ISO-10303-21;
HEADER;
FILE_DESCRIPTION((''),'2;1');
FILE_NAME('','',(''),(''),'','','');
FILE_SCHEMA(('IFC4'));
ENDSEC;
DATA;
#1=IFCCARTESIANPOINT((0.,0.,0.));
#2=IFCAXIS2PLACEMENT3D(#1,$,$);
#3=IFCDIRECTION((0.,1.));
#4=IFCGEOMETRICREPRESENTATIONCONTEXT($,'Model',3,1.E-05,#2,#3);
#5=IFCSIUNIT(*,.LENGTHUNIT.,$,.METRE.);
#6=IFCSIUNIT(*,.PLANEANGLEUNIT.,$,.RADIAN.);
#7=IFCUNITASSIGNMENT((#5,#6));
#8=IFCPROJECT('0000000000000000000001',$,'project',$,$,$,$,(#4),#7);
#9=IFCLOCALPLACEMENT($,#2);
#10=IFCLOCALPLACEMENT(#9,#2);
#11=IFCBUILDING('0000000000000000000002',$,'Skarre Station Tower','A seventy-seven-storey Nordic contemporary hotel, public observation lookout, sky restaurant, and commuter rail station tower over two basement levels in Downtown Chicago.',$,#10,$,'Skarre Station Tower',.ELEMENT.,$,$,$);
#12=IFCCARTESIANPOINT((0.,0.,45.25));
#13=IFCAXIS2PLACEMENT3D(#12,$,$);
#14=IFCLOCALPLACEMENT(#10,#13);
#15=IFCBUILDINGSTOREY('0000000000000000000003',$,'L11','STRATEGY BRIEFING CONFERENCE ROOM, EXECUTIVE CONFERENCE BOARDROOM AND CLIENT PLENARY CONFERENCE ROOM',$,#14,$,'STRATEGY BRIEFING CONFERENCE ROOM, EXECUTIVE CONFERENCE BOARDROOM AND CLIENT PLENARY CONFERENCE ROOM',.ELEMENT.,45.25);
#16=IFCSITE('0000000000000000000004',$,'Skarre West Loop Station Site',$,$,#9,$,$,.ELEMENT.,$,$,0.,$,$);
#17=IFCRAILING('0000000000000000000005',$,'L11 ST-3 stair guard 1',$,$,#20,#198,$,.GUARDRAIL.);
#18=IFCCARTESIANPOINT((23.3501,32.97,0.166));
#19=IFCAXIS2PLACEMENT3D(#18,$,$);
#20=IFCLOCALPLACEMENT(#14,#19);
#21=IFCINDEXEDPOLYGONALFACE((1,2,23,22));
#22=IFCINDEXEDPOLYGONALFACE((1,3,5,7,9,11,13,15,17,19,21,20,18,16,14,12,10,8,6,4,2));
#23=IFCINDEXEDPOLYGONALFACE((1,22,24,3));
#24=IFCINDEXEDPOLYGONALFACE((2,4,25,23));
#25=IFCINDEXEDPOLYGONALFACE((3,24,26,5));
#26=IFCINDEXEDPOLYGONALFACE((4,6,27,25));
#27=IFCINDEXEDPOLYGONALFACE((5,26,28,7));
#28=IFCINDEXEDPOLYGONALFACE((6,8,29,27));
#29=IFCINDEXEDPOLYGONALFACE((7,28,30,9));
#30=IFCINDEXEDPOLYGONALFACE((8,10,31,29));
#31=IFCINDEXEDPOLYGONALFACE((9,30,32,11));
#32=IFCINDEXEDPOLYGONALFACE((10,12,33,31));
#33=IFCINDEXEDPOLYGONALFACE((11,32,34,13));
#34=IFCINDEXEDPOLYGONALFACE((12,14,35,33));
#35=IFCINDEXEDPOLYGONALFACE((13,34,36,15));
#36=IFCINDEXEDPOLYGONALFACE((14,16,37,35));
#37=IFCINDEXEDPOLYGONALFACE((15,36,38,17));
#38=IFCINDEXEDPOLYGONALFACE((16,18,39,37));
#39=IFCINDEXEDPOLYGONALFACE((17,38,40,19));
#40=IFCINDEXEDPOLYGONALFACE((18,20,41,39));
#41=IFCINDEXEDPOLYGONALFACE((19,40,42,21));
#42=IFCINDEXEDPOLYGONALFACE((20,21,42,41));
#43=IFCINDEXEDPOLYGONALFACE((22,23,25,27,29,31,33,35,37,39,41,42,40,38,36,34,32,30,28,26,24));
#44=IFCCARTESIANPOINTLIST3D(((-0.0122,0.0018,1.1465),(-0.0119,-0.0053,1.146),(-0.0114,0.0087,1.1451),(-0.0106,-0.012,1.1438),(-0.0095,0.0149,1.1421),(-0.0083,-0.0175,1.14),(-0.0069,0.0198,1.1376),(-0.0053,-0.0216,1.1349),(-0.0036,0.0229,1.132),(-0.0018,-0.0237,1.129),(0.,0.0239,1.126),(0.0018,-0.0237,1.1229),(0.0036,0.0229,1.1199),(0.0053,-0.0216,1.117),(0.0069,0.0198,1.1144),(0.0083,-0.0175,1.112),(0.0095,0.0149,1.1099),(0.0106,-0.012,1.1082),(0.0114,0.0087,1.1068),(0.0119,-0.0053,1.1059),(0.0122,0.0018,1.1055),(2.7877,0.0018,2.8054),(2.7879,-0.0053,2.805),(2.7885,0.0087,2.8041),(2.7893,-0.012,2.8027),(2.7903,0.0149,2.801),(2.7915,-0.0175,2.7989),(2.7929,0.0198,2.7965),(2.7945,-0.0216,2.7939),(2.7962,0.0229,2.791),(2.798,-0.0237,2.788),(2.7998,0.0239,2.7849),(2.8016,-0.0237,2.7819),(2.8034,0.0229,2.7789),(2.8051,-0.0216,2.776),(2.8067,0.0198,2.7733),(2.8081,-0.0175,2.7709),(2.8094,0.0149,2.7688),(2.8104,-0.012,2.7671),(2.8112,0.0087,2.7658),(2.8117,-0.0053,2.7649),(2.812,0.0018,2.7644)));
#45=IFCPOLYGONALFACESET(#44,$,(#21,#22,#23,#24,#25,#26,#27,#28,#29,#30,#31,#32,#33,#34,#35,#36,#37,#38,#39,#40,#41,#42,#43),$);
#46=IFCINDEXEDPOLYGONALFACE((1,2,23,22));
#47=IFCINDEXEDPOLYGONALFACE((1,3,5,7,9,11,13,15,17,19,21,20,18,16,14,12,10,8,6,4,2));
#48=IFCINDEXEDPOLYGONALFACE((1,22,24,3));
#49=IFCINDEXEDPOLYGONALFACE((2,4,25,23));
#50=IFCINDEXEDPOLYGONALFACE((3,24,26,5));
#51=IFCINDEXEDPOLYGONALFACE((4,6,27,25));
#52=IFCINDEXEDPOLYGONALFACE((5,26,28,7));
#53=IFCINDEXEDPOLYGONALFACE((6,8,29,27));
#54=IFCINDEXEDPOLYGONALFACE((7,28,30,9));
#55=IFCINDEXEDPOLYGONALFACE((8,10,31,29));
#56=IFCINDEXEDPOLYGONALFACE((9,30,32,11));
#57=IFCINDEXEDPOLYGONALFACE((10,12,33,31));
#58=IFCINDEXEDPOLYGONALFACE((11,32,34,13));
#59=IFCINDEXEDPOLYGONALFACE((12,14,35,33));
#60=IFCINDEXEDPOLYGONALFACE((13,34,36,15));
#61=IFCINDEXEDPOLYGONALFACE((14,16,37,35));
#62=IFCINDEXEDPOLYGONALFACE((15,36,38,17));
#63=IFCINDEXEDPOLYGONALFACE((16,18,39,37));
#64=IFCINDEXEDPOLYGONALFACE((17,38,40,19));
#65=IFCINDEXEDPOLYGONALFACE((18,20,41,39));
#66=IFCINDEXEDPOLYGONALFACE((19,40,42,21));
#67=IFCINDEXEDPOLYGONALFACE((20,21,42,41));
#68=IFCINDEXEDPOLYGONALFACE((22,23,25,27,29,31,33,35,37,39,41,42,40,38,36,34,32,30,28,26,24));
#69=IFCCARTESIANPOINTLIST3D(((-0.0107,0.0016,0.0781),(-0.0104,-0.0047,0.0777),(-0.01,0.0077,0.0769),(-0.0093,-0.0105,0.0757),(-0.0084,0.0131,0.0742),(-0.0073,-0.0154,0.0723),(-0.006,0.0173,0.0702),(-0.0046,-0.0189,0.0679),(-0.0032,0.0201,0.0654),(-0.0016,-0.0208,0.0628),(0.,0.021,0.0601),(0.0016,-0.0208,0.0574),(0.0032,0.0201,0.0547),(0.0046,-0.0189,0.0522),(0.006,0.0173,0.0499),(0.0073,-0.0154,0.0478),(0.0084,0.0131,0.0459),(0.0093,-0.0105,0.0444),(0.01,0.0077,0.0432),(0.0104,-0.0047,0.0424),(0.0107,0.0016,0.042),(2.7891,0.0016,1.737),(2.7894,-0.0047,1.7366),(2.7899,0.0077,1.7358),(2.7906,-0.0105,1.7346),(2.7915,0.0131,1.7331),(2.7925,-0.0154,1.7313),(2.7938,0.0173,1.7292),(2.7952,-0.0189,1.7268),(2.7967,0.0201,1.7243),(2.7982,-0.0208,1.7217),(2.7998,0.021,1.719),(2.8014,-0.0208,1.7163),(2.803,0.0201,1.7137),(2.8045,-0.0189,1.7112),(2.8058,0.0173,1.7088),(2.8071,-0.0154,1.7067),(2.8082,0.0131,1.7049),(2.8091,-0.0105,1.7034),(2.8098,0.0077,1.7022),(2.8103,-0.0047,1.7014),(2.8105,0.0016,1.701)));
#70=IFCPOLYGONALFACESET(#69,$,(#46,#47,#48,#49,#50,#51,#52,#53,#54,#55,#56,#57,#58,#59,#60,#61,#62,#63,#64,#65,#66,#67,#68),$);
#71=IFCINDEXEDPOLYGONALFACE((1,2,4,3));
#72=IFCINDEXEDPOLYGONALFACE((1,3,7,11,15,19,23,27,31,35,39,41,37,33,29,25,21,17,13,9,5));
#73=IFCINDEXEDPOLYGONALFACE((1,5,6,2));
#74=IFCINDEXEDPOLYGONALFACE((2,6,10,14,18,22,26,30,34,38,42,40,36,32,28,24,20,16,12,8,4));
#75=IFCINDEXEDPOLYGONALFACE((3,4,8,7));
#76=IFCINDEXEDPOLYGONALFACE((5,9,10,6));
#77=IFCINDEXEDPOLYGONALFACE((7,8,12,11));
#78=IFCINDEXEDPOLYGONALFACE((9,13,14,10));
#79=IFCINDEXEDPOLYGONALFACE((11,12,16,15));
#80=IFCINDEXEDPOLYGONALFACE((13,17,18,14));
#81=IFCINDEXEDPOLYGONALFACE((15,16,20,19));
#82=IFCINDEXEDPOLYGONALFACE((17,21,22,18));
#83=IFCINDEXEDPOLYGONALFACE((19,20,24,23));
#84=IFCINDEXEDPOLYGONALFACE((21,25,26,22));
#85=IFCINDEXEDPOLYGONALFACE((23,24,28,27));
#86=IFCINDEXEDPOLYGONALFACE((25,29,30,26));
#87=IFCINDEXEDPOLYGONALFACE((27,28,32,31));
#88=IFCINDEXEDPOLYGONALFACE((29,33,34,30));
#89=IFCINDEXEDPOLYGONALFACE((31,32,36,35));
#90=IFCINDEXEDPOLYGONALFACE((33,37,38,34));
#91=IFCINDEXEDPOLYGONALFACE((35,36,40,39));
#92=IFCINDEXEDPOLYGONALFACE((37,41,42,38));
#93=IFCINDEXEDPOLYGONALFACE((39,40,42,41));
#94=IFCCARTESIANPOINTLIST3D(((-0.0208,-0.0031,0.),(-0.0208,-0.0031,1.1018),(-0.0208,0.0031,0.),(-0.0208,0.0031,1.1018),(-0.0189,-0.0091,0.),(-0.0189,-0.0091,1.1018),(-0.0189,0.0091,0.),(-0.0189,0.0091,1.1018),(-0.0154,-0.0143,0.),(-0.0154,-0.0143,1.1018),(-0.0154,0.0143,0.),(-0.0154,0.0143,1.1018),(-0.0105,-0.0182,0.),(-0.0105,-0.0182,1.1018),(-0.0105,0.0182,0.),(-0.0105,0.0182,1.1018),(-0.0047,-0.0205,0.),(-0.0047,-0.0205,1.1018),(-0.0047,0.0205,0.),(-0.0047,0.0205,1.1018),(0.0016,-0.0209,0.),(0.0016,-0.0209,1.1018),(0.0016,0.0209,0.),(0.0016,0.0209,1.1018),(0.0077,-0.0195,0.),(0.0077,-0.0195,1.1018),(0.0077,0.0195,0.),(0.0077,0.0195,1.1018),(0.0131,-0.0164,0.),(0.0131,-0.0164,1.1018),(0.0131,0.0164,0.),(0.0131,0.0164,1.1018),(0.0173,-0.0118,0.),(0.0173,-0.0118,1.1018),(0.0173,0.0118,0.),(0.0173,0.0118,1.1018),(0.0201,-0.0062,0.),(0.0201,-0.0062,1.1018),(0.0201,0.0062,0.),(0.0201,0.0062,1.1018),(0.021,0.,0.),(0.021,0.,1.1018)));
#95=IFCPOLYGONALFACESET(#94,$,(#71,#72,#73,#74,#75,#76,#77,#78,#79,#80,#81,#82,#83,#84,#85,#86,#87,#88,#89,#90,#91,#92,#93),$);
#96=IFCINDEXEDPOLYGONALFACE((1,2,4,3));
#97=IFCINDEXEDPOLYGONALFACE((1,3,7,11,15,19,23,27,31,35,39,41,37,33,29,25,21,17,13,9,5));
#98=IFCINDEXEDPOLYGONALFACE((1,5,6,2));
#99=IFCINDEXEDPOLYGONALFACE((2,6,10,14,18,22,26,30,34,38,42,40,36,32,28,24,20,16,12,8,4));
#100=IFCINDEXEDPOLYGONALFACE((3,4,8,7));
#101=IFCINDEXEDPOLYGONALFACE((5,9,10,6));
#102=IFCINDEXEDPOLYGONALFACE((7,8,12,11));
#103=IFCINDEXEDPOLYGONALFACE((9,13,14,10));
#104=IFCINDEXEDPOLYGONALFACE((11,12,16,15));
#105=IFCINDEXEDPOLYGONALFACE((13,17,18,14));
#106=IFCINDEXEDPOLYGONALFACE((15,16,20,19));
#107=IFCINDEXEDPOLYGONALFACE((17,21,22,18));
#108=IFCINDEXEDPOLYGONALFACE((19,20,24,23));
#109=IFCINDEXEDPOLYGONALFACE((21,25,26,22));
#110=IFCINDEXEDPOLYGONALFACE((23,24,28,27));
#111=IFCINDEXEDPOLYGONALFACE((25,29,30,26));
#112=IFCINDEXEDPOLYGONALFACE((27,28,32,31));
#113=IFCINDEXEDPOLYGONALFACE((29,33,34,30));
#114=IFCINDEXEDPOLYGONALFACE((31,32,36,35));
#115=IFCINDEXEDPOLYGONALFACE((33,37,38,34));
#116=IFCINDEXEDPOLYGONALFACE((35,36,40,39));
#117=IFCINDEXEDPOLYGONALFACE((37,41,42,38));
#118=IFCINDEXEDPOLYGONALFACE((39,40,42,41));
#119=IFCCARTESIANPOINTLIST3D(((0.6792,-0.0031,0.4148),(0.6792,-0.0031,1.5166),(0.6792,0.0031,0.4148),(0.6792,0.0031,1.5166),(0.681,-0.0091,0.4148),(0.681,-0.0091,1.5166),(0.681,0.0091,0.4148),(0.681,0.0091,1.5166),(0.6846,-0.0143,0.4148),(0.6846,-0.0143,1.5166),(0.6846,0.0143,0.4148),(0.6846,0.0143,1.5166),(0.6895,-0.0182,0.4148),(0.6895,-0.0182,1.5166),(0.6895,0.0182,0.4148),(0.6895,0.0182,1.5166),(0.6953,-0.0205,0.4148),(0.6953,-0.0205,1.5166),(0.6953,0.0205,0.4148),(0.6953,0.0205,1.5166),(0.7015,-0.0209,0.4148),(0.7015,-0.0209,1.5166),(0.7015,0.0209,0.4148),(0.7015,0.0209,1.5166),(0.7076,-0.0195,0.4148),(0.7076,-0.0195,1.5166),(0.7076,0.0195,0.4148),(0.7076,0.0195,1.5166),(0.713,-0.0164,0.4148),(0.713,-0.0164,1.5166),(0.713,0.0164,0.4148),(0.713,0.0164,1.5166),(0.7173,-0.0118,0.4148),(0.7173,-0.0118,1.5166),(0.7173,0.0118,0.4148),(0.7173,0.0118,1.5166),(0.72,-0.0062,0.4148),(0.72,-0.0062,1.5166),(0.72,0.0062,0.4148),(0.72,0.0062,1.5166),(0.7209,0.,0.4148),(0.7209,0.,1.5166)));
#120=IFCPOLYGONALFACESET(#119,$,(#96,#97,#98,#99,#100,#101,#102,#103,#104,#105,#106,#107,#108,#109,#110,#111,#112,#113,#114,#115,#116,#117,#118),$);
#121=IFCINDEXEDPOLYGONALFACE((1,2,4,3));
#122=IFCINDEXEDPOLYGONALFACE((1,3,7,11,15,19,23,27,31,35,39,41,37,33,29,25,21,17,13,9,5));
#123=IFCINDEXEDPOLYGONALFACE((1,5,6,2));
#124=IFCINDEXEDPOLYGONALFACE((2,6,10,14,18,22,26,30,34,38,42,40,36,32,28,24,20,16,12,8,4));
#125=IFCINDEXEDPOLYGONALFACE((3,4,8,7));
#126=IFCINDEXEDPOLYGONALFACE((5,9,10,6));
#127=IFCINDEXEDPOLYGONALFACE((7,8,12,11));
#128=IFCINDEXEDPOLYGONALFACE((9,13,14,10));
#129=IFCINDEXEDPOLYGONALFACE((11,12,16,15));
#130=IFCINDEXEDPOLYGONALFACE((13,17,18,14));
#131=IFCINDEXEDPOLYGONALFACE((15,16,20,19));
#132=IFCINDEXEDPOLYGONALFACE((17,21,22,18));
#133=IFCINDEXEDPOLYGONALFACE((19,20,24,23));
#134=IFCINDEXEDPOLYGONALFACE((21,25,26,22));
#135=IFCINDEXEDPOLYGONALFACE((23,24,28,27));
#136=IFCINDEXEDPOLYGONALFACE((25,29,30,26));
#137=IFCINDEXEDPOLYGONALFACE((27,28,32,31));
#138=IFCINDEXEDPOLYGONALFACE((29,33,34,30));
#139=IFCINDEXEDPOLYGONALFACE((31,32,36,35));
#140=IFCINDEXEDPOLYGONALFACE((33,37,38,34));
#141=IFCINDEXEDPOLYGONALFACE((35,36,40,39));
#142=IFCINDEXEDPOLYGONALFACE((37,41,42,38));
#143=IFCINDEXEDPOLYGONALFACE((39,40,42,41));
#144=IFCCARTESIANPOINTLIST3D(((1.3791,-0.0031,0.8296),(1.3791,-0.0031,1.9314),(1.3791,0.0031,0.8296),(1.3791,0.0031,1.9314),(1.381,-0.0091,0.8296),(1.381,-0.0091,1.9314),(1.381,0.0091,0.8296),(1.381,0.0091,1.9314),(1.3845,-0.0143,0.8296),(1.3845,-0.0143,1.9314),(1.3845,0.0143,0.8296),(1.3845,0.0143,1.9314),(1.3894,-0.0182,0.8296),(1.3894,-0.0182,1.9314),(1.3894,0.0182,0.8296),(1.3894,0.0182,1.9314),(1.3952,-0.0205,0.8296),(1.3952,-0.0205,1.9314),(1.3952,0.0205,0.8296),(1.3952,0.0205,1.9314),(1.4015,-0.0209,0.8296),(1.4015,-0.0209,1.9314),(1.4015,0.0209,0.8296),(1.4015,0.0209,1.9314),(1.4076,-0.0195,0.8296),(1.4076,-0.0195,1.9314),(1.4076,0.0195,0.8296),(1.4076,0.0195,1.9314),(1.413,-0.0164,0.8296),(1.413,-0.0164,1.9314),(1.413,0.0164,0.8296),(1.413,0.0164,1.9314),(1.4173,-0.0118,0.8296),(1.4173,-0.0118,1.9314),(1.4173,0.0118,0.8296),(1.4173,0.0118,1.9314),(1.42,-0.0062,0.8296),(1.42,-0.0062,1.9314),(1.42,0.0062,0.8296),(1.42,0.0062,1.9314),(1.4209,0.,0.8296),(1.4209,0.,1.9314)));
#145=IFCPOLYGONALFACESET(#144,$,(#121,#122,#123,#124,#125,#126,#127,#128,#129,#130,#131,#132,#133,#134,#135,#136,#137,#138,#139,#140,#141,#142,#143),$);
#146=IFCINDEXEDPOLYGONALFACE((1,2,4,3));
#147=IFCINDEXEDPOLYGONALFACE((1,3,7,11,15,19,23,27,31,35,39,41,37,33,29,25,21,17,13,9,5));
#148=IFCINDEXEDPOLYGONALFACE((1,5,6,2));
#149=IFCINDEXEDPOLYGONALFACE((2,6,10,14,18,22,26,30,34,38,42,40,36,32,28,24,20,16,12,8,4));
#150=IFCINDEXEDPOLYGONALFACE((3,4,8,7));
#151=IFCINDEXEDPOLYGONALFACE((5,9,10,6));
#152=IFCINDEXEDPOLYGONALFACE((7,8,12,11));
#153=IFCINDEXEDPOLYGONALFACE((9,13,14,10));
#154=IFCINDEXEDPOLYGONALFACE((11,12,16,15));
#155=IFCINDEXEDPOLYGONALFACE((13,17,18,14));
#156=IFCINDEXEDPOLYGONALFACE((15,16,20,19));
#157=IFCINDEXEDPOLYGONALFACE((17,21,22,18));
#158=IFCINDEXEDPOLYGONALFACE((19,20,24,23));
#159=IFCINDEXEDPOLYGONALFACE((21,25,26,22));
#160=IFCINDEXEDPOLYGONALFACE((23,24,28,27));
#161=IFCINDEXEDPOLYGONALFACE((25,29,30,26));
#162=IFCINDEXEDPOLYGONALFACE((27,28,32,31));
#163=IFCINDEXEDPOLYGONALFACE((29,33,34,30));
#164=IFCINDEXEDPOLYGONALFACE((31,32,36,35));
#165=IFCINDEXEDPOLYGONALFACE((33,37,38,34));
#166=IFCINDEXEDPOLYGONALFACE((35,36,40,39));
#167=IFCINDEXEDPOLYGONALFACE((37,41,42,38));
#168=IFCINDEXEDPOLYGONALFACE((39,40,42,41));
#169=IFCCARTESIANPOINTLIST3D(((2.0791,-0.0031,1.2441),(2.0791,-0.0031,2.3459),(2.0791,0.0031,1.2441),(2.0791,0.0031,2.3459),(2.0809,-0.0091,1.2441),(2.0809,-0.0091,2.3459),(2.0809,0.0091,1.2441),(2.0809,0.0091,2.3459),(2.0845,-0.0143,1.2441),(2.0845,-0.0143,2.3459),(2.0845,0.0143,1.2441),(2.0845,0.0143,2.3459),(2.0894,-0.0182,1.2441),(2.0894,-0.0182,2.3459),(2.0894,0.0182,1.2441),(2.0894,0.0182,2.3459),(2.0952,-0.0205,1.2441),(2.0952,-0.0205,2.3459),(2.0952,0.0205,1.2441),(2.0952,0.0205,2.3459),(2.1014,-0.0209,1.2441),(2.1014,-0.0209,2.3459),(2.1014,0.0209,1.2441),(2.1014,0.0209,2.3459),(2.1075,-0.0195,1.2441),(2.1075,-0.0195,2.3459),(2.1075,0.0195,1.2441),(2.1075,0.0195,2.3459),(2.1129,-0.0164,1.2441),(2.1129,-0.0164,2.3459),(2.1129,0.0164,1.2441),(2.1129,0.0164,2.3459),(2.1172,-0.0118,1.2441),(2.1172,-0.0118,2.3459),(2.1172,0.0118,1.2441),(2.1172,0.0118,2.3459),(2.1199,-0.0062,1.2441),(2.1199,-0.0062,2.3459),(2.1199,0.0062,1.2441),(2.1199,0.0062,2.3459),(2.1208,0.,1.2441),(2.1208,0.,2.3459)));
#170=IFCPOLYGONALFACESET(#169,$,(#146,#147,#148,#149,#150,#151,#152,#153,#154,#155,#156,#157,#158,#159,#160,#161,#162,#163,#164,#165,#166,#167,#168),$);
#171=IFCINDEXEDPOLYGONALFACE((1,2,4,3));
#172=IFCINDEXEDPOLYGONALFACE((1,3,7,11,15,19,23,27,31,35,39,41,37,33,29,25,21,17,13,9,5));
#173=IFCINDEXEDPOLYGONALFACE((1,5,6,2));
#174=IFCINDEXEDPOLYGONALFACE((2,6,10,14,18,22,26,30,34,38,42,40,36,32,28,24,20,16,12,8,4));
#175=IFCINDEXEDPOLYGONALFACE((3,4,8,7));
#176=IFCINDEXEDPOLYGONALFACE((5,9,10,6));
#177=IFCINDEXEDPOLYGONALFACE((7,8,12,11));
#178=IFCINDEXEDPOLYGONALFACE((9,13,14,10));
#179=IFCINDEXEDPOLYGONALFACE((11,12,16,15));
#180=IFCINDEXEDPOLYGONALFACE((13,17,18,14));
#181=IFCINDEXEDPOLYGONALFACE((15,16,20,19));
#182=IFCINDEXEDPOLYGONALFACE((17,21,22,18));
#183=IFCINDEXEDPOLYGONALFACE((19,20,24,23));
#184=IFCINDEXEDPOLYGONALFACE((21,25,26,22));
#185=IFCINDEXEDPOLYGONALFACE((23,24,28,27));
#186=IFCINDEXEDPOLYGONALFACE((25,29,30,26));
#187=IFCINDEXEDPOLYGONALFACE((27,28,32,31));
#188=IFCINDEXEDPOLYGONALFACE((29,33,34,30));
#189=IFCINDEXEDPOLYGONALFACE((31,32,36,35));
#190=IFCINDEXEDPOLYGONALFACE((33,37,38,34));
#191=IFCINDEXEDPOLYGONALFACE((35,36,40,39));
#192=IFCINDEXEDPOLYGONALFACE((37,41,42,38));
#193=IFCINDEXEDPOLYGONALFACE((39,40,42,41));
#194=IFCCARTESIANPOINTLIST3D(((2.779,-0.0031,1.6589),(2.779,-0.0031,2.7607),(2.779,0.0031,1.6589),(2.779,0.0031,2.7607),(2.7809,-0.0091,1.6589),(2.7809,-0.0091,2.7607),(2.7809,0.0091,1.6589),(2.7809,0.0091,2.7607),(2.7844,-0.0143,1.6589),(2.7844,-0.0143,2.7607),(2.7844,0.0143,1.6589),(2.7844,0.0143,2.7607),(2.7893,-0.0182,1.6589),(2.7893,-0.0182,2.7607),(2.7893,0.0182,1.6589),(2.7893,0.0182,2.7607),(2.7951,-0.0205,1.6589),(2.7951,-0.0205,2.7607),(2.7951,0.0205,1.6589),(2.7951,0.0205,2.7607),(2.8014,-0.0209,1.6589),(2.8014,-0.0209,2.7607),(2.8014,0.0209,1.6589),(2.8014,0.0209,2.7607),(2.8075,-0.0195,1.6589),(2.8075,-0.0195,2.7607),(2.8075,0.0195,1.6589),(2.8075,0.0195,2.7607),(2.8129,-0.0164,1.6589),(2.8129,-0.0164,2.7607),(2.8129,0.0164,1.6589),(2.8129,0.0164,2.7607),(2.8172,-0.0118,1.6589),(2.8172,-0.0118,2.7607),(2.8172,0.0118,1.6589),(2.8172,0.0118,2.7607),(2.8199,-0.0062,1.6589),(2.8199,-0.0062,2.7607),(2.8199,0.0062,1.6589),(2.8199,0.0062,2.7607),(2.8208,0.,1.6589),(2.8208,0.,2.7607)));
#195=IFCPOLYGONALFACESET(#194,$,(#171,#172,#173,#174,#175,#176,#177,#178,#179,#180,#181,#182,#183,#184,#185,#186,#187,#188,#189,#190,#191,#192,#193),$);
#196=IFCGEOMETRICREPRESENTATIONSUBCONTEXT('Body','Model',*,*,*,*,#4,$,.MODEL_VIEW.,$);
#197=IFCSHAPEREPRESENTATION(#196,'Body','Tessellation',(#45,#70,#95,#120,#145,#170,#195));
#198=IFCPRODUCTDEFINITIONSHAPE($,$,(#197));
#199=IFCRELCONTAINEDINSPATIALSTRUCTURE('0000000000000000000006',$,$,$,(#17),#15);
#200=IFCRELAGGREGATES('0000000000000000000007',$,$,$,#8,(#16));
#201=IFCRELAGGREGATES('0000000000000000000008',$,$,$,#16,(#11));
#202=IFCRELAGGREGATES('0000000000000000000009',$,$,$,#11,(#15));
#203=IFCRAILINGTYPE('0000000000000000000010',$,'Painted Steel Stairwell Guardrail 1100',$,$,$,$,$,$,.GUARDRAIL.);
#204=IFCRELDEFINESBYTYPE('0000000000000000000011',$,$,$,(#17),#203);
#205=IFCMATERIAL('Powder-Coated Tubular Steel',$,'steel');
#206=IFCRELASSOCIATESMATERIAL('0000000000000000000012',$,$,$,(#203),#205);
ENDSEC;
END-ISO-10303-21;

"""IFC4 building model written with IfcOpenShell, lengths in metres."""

from ifc_helpers import new_model, si_unit, direction, frame, origin, origin_2d, place, context, subcontext, project, spatial, circle, extrude, material, type_object, element, save


model = new_model("IFC4")

# Units and contexts
model_context = context("Model", 3, precision=1e-05, world=origin(), true_north=direction((0.0, 1.0)))
body_context = subcontext(model_context, "Body", "Model", "MODEL_VIEW")
ifc_project = project(units=[si_unit("LENGTHUNIT", "METRE"), si_unit("PLANEANGLEUNIT", "RADIAN")], contexts=[model_context])

# Site, building, storey
site_placement = place(None, origin())
site = spatial("IfcSite", under=ifc_project, at=site_placement, Name="Skarre West Loop Station Site", CompositionType="ELEMENT", RefElevation=0.0)
building_placement = place(site_placement, origin())
building = spatial("IfcBuilding", under=site, at=building_placement, Name="Skarre Station Tower", Description="A seventy-seven-storey Nordic contemporary hotel, public observation lookout, sky restaurant, and commuter rail station tower over two basement levels in Downtown Chicago.", LongName="Skarre Station Tower", CompositionType="ELEMENT")
storey_placement = place(building_placement, frame((0.0, 0.0, 45.25)))
storey = spatial("IfcBuildingStorey", under=building, at=storey_placement, Name="L11", Description="STRATEGY BRIEFING CONFERENCE ROOM, EXECUTIVE CONFERENCE BOARDROOM AND CLIENT PLENARY CONFERENCE ROOM", LongName="STRATEGY BRIEFING CONFERENCE ROOM, EXECUTIVE CONFERENCE BOARDROOM AND CLIENT PLENARY CONFERENCE ROOM", CompositionType="ELEMENT", Elevation=45.25)

# Railing
ifc_material_1 = material(Name="Powder-Coated Tubular Steel", Category="steel")
railing_type_1 = type_object("IfcRailingType", Name="Painted Steel Stairwell Guardrail 1100", PredefinedType="GUARDRAIL", material=ifc_material_1)
railing_1_placement = place(storey_placement, frame((23.3501, 32.97, 0.166)))
element("IfcRailing", 1, at=railing_1_placement, inside=storey, type_object=railing_type_1, Name="L11 ST-3 stair guard 1", PredefinedType="GUARDRAIL", context=body_context, shape_type="SweptSolid", body=[
    extrude(circle(Radius=0.0239, at=origin_2d()), frame((0.0, 0.0, 1.126), z_axis=(0.86032, 0.0, 0.509755), x_axis=(0.0, 1.0, 0.0)), (0.0, 0.0, 1.0), 3.2544),
    extrude(circle(Radius=0.021, at=origin_2d()), frame((0.0, 0.0, 0.0601), z_axis=(0.86032, 0.0, 0.509755), x_axis=(0.0, 1.0, 0.0)), (0.0, 0.0, 1.0), 3.2544),
    extrude(circle(Radius=0.021, at=origin_2d()), origin(), (0.0, 0.0, 1.0), 1.1018),
    extrude(circle(Radius=0.021, at=origin_2d()), frame((0.7, 0.0, 0.4148)), (0.0, 0.0, 1.0), 1.1018),
    extrude(circle(Radius=0.021, at=origin_2d()), frame((1.3999, 0.0, 0.8296)), (0.0, 0.0, 1.0), 1.1018),
    extrude(circle(Radius=0.021, at=origin_2d()), frame((2.0999, 0.0, 1.2441)), (0.0, 0.0, 1.0), 1.1018),
    extrude(circle(Radius=0.021, at=origin_2d()), frame((2.7998, 0.0, 1.6589)), (0.0, 0.0, 1.0), 1.1018),
])

save(model, "model.ifc")
